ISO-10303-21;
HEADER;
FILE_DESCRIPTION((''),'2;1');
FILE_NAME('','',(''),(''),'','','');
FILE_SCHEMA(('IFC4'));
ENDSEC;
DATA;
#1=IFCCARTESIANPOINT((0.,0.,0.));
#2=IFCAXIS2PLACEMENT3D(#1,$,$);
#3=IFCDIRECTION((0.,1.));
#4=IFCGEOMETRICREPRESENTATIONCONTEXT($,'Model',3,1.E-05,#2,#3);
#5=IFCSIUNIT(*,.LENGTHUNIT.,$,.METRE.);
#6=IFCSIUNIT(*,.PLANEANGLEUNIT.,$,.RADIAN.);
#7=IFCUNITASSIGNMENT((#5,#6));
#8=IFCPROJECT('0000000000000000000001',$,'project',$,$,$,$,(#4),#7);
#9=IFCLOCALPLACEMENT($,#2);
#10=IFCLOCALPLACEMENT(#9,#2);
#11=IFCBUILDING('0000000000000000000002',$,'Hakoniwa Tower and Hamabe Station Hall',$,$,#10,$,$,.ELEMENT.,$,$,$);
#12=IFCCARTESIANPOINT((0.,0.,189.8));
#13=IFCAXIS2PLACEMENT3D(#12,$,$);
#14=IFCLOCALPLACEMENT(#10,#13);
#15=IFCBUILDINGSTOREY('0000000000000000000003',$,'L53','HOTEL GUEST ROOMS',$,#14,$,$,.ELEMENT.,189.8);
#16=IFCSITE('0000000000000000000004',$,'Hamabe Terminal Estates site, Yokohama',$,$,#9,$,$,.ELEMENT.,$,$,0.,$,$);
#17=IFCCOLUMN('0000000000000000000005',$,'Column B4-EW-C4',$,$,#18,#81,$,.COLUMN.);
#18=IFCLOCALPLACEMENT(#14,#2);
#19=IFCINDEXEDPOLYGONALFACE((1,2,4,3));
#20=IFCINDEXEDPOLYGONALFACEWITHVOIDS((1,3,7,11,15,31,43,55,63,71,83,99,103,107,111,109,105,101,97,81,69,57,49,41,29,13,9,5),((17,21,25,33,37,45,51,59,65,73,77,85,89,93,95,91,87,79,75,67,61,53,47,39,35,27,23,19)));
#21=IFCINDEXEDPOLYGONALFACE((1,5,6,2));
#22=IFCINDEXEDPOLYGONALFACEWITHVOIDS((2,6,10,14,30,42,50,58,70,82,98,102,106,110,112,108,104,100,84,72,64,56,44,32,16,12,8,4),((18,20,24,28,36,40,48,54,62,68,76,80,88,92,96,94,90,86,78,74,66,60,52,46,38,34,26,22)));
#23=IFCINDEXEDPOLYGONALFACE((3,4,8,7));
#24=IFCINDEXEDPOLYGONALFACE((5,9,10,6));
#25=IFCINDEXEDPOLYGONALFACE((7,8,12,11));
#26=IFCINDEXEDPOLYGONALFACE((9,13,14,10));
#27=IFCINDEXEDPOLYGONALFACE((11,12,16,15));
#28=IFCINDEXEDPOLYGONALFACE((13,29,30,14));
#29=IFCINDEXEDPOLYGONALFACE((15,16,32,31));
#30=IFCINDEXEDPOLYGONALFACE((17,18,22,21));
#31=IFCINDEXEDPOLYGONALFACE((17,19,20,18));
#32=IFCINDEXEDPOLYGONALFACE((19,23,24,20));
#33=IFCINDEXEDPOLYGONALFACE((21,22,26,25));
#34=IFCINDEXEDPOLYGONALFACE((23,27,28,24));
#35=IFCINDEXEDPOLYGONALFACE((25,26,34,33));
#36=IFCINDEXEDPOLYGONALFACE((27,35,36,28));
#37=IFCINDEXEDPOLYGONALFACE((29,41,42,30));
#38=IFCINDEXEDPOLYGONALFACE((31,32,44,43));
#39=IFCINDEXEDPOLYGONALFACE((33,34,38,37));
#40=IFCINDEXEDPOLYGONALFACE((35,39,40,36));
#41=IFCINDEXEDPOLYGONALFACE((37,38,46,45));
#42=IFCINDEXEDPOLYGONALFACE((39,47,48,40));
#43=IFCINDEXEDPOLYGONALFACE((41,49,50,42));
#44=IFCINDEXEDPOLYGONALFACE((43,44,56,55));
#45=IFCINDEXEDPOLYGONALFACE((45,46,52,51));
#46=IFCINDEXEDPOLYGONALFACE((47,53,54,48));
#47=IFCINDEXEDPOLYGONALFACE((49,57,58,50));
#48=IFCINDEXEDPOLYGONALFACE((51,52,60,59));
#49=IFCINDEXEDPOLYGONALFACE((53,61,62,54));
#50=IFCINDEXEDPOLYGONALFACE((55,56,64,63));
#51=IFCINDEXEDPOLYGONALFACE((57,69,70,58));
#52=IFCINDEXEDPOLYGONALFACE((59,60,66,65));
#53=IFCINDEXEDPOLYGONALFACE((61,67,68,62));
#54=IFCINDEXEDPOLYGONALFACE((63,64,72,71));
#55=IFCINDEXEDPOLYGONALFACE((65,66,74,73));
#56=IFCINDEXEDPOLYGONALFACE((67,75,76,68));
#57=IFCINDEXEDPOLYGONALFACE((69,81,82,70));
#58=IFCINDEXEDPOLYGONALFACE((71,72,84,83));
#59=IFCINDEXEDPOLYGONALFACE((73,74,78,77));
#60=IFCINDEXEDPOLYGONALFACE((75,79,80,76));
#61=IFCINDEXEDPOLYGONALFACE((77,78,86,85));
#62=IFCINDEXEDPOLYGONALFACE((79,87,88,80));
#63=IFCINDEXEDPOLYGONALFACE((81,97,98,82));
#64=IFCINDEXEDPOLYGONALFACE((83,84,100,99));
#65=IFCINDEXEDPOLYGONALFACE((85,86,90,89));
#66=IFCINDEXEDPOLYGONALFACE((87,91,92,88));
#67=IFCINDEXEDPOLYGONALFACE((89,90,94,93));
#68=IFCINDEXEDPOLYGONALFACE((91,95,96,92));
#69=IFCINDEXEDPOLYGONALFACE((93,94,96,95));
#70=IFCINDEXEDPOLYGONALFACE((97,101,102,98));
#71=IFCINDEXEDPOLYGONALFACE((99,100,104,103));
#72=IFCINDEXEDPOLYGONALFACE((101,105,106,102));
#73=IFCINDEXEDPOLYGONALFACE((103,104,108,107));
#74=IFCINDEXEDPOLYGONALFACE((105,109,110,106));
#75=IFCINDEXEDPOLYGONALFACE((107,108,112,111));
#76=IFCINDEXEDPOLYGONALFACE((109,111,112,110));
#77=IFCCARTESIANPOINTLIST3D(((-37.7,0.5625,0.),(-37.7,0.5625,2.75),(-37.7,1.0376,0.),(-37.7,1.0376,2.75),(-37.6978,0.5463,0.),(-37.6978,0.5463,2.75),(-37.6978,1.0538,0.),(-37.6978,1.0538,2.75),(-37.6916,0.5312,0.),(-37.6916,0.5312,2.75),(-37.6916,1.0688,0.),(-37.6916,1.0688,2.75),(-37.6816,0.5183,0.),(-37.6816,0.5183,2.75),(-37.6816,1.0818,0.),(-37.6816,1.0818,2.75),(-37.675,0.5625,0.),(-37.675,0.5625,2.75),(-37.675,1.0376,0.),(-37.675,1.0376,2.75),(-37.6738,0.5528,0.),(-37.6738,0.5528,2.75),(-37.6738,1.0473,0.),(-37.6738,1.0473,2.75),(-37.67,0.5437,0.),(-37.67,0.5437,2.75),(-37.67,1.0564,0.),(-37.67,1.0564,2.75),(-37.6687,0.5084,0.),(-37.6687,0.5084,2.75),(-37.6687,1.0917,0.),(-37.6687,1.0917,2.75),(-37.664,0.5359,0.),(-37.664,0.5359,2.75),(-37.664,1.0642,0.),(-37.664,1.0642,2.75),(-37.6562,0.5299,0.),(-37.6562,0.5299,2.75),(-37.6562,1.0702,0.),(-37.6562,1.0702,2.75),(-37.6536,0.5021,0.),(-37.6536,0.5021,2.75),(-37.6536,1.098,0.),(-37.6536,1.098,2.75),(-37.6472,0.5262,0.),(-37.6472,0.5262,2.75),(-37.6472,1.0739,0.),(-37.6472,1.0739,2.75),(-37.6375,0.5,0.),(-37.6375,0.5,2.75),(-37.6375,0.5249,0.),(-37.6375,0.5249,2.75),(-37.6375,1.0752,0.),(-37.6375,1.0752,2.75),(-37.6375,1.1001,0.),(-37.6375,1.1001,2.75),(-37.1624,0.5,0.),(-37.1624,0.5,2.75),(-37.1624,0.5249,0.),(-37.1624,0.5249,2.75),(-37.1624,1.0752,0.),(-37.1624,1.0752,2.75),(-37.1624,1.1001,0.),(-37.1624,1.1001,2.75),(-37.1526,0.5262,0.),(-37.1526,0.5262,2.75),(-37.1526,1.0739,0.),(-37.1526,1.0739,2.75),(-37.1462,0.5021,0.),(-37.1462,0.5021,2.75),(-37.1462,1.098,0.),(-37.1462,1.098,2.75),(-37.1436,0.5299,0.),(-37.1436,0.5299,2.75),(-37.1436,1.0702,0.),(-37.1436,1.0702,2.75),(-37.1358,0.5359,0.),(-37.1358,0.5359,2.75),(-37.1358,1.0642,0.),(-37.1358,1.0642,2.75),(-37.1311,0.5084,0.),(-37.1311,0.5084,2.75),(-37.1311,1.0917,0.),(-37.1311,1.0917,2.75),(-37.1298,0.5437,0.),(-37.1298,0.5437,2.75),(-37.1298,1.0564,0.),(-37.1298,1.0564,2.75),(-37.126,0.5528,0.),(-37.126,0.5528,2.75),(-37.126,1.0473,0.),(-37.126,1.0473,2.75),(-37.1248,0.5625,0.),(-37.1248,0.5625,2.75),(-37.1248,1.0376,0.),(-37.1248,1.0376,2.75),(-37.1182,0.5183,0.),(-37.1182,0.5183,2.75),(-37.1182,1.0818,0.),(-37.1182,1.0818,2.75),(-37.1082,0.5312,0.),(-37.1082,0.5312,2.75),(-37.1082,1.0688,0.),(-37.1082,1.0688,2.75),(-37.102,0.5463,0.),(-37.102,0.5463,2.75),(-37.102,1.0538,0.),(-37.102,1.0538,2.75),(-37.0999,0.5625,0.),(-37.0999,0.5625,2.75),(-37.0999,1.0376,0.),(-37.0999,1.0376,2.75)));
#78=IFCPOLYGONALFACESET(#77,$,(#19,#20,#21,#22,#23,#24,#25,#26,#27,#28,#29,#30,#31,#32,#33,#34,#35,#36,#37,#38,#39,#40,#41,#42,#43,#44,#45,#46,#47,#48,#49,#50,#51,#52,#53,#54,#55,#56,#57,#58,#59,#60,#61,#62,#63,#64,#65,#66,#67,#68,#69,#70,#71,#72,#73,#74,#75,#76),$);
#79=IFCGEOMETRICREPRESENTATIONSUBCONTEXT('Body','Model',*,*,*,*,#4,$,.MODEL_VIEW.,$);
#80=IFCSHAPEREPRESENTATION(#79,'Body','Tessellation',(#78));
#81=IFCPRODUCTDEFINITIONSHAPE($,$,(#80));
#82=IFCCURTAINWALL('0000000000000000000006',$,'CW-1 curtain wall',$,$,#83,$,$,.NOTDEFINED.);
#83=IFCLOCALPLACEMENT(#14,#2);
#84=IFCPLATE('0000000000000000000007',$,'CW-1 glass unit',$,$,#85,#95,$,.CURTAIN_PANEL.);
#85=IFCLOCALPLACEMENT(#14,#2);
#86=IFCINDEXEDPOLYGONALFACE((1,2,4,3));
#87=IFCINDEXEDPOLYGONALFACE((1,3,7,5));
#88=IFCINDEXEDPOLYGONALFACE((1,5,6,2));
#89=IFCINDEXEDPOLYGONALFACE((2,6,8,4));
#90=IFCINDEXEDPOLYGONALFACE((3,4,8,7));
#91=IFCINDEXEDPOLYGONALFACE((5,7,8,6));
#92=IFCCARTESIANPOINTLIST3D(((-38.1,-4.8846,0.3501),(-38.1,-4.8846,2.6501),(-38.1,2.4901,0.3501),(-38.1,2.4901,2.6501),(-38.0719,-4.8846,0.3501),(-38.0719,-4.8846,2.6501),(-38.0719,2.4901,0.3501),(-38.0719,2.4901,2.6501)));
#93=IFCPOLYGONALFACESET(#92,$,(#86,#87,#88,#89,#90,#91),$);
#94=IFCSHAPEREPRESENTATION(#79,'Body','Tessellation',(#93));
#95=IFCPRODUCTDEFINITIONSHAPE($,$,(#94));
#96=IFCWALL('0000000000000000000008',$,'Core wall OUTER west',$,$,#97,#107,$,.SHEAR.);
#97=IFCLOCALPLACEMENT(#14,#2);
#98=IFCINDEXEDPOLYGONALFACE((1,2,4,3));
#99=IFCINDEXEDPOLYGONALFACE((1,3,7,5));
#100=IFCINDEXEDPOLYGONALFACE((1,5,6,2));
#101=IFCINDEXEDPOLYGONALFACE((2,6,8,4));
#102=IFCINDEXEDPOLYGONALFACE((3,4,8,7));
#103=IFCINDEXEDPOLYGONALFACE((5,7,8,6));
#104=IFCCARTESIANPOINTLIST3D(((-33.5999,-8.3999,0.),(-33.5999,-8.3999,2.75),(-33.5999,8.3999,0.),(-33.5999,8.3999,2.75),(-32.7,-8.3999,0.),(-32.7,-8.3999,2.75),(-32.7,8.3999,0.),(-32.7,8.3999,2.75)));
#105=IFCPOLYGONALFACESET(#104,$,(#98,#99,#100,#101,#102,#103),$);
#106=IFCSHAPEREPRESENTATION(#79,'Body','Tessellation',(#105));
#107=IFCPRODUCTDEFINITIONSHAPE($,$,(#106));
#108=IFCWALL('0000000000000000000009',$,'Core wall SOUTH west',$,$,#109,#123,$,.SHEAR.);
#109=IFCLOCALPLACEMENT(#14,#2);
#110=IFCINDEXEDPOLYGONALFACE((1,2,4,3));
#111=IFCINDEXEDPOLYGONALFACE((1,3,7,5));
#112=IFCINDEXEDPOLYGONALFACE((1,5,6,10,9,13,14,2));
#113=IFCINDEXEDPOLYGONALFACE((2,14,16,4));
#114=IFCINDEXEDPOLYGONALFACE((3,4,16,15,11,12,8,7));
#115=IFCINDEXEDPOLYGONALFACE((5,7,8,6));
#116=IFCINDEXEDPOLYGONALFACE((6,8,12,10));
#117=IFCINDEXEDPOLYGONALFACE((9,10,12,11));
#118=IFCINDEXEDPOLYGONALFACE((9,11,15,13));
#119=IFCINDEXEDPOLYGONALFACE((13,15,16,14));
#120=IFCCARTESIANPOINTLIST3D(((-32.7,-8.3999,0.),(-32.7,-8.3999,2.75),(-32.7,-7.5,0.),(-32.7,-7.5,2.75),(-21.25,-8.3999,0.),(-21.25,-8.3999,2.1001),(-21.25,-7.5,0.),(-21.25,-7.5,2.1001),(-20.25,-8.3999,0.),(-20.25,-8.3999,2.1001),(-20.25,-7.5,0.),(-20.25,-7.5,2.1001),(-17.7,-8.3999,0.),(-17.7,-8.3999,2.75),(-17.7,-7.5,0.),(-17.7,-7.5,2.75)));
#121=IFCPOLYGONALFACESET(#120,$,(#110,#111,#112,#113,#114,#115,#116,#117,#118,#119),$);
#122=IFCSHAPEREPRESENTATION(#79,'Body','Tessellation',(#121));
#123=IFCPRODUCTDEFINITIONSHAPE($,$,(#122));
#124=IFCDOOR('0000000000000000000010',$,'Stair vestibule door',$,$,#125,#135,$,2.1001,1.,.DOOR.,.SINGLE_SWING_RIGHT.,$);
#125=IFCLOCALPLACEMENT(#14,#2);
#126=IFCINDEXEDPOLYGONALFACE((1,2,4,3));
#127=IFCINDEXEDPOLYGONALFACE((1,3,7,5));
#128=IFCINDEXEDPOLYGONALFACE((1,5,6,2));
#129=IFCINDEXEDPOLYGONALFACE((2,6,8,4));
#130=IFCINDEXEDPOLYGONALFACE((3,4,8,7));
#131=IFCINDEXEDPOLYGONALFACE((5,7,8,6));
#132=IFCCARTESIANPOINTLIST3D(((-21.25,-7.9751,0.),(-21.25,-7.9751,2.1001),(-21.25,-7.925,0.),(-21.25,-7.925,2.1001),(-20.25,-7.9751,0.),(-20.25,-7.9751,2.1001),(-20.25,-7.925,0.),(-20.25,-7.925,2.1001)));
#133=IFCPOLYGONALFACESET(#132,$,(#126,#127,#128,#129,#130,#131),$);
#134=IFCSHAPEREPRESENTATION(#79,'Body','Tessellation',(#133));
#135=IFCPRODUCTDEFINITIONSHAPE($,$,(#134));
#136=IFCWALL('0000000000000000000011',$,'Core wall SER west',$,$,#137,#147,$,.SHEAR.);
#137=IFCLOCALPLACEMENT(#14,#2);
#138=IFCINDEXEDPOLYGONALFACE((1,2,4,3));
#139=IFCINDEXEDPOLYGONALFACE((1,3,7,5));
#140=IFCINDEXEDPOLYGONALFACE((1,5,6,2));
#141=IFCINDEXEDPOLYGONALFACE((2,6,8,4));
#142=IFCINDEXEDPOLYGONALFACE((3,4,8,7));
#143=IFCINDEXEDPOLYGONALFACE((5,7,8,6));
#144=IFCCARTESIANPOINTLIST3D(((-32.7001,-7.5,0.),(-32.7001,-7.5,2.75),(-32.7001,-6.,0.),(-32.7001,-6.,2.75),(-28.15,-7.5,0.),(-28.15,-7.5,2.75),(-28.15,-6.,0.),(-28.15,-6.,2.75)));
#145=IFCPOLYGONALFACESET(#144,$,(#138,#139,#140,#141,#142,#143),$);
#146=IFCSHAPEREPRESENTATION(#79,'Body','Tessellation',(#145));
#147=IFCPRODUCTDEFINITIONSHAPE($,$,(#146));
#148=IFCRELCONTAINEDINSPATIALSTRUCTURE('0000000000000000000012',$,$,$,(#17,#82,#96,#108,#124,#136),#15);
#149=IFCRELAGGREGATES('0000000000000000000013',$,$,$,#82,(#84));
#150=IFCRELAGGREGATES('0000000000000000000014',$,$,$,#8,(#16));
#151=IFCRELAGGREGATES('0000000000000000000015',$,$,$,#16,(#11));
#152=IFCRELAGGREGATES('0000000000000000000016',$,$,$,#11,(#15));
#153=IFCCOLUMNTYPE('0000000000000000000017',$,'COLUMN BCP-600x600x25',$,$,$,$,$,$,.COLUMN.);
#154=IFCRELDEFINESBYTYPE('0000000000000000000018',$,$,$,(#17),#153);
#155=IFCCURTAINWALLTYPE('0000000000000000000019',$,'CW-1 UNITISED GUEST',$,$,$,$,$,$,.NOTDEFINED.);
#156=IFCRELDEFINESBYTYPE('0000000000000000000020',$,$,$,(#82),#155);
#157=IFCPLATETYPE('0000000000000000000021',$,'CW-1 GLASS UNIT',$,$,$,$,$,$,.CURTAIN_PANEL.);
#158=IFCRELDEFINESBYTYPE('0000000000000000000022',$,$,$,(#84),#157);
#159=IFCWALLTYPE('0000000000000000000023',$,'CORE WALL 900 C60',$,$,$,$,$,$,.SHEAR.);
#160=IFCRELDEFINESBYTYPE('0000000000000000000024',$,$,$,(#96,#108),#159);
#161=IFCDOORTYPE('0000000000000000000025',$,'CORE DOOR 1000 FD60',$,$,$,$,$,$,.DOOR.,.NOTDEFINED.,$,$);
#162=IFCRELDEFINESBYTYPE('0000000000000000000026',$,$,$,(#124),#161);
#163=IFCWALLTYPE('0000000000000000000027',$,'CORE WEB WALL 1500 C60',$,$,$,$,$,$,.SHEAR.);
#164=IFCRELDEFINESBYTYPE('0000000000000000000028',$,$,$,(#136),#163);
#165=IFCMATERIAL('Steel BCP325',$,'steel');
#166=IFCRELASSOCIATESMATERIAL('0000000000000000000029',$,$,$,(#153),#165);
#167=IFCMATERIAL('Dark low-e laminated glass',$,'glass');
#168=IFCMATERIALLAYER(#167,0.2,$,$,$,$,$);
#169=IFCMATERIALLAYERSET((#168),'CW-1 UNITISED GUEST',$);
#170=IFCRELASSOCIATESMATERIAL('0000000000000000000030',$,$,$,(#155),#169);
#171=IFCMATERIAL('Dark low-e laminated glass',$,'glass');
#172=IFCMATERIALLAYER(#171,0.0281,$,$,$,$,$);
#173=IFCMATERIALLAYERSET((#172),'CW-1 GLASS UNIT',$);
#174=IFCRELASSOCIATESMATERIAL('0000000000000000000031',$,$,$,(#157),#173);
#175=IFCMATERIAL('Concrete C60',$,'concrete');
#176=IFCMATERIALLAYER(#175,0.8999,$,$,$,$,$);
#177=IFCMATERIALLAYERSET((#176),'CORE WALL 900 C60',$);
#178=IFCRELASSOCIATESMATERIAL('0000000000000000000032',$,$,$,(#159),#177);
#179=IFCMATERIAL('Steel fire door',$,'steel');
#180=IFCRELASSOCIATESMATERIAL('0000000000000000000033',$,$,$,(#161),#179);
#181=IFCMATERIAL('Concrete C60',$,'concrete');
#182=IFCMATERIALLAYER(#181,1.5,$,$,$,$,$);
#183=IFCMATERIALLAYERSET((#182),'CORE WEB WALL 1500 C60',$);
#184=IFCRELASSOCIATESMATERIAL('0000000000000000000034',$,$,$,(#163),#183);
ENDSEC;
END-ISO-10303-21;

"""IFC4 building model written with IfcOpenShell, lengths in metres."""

from ifc_helpers import new_model, si_unit, direction, frame, frame_2d, origin, origin_2d, place, context, subcontext, project, spatial, rectangle, hollow_rectangle, extrude, material, layer, layer_set, material_profile, profile_set, type_object, element, fill, aggregate, save


model = new_model("IFC4")

# Units and contexts
model_context = context("Model", 3, precision=1e-05, world=origin(), true_north=direction((0.0, 1.0)))
body_context = subcontext(model_context, "Body", "Model", "MODEL_VIEW")
ifc_project = project(units=[si_unit("LENGTHUNIT", "METRE"), si_unit("PLANEANGLEUNIT", "RADIAN")], contexts=[model_context])

# Site, building, storey
site_placement = place(None, origin())
site = spatial("IfcSite", under=ifc_project, at=site_placement, Name="Hamabe Terminal Estates site, Yokohama", CompositionType="ELEMENT", RefElevation=0.0)
building_placement = place(site_placement, origin())
building = spatial("IfcBuilding", under=site, at=building_placement, Name="Hakoniwa Tower and Hamabe Station Hall", CompositionType="ELEMENT")
storey_placement = place(building_placement, frame((0.0, 0.0, 189.8)))
storey = spatial("IfcBuildingStorey", under=building, at=storey_placement, Name="L53", Description="HOTEL GUEST ROOMS", CompositionType="ELEMENT", Elevation=189.8)

# Column
ifc_material_1 = material(Name="Steel BCP325", Category="steel")
ifc_material_profile = material_profile(ifc_material_1, hollow_rectangle(XDim=0.6001, YDim=0.6001, WallThickness=0.0249, InnerFilletRadius=0.0376, OuterFilletRadius=0.0625, at=origin_2d()), Name="BCP-600x600x25")
ifc_profile_set = profile_set([ifc_material_profile], Name="Steel BCP325")
column_type = type_object("IfcColumnType", Name="COLUMN BCP-600x600x25", PredefinedType="COLUMN", material=ifc_profile_set)
column_placement = place(storey_placement, frame((-37.3999, 0.8, 0.0), z_axis=(0.0, 0.0, 1.0), x_axis=(1.0, 0.0, 0.0)))
element("IfcColumn", 1, at=column_placement, inside=storey, type_object=column_type, Name="Column B4-EW-C4", PredefinedType="COLUMN", context=body_context, shape_type="SweptSolid", body=[
    extrude(hollow_rectangle(XDim=0.6001, YDim=0.6001, WallThickness=0.0249, InnerFilletRadius=0.0376, OuterFilletRadius=0.0625, at=origin_2d()), origin(), (0.0, 0.0, 1.0), 2.75),
])

# Curtain wall, plate
ifc_material_2 = material(Name="Dark low-e laminated glass", Category="glass")
ifc_layer_1 = layer(ifc_material_2, 0.2)
ifc_layer_set_1 = layer_set([ifc_layer_1], Name="CW-1 UNITISED GUEST")
curtain_wall_type = type_object("IfcCurtainWallType", Name="CW-1 UNITISED GUEST", PredefinedType="NOTDEFINED", material=ifc_layer_set_1)
curtain_wall_placement = place(storey_placement, origin())
curtain_wall = element("IfcCurtainWall", 2, at=curtain_wall_placement, inside=storey, type_object=curtain_wall_type, Name="CW-1 curtain wall", PredefinedType="NOTDEFINED")
ifc_material_3 = material(Name="Dark low-e laminated glass", Category="glass")
ifc_layer_2 = layer(ifc_material_3, 0.0281)
ifc_layer_set_2 = layer_set([ifc_layer_2], Name="CW-1 GLASS UNIT")
plate_type = type_object("IfcPlateType", Name="CW-1 GLASS UNIT", PredefinedType="CURTAIN_PANEL", material=ifc_layer_set_2)
plate_placement = place(storey_placement, frame((-38.0859, -1.1973, 0.3501), z_axis=(0.0, 0.0, 1.0), x_axis=(0.0, -1.0, 0.0)))
plate = element("IfcPlate", 3, at=plate_placement, type_object=plate_type, Name="CW-1 glass unit", PredefinedType="CURTAIN_PANEL", context=body_context, shape_type="SweptSolid", body=[
    extrude(rectangle(XDim=7.3748, YDim=0.0281, at=origin_2d()), origin(), (0.0, 0.0, 1.0), 2.3),
])
aggregate(curtain_wall, [plate])

# Wall
ifc_material_4 = material(Name="Concrete C60", Category="concrete")
ifc_layer_3 = layer(ifc_material_4, 0.8999)
ifc_layer_set_3 = layer_set([ifc_layer_3], Name="CORE WALL 900 C60")
wall_type_1 = type_object("IfcWallType", Name="CORE WALL 900 C60", PredefinedType="SHEAR", material=ifc_layer_set_3)
wall_1_placement = place(storey_placement, frame((-33.1499, -8.3999, 0.0), z_axis=(0.0, 0.0, 1.0), x_axis=(0.0, 1.0, 0.0)))
element("IfcWall", 4, at=wall_1_placement, inside=storey, type_object=wall_type_1, Name="Core wall OUTER west", PredefinedType="SHEAR", context=body_context, shape_type="SweptSolid", body=[
    extrude(rectangle(XDim=16.7998, YDim=0.8999, at=frame_2d((8.3999, 0.0))), origin(), (0.0, 0.0, 1.0), 2.75),
])

# Wall, opening, door
wall_2_placement = place(storey_placement, frame((-32.7, -7.95, 0.0), z_axis=(0.0, 0.0, 1.0), x_axis=(1.0, 0.0, 0.0)))
wall_2 = element("IfcWall", 5, at=wall_2_placement, inside=storey, type_object=wall_type_1, Name="Core wall SOUTH west", PredefinedType="SHEAR", context=body_context, shape_type="SweptSolid", body=[
    extrude(rectangle(XDim=15.0, YDim=0.8999, at=frame_2d((7.5, 0.0))), origin(), (0.0, 0.0, 1.0), 2.75),
])
opening_1_placement = place(wall_2_placement, frame((11.45, 0.0, 0.0)))
opening_1 = element("IfcOpeningElement", 6, at=opening_1_placement, cuts=wall_2, PredefinedType="OPENING", context=body_context, shape_type="SweptSolid", body=[
    extrude(rectangle(XDim=1.0, YDim=2.1001, at=frame_2d((0.5, 1.05))), frame((0.0, 0.46, 0.0), z_axis=(0.0, -1.0, 0.0), x_axis=(1.0, 0.0, 0.0)), (0.0, 0.0, 1.0), 0.9199),
])
ifc_material_5 = material(Name="Steel fire door", Category="steel")
door_type_1 = type_object("IfcDoorType", Name="CORE DOOR 1000 FD60", OperationType="NOTDEFINED", PredefinedType="DOOR", material=ifc_material_5)
door_1_placement = place(opening_1_placement, origin())
door_1 = element("IfcDoor", 7, at=door_1_placement, inside=storey, type_object=door_type_1, Name="Stair vestibule door", OperationType="SINGLE_SWING_RIGHT", OverallHeight=2.1001, OverallWidth=1.0, PredefinedType="DOOR", context=body_context, shape_type="SweptSolid", body=[
    extrude(rectangle(XDim=1.0, YDim=2.1001, at=frame_2d((0.5, 1.05))), frame((0.0, 0.0249, 0.0), z_axis=(0.0, -1.0, 0.0), x_axis=(1.0, 0.0, 0.0)), (0.0, 0.0, 1.0), 0.05),
])
fill(opening_1, door_1)

# Wall
ifc_material_6 = material(Name="Concrete C60", Category="concrete")
ifc_layer_4 = layer(ifc_material_6, 1.5)
ifc_layer_set_4 = layer_set([ifc_layer_4], Name="CORE WEB WALL 1500 C60")
wall_type_2 = type_object("IfcWallType", Name="CORE WEB WALL 1500 C60", PredefinedType="SHEAR", material=ifc_layer_set_4)
wall_3_placement = place(storey_placement, frame((-32.7, -6.75, 0.0), z_axis=(0.0, 0.0, 1.0), x_axis=(1.0, 0.0, 0.0)))
element("IfcWall", 8, at=wall_3_placement, inside=storey, type_object=wall_type_2, Name="Core wall SER west", PredefinedType="SHEAR", context=body_context, shape_type="SweptSolid", body=[
    extrude(rectangle(XDim=4.55, YDim=1.5, at=frame_2d((2.2749, 0.0))), origin(), (0.0, 0.0, 1.0), 2.75),
])

save(model, "model.ifc")
